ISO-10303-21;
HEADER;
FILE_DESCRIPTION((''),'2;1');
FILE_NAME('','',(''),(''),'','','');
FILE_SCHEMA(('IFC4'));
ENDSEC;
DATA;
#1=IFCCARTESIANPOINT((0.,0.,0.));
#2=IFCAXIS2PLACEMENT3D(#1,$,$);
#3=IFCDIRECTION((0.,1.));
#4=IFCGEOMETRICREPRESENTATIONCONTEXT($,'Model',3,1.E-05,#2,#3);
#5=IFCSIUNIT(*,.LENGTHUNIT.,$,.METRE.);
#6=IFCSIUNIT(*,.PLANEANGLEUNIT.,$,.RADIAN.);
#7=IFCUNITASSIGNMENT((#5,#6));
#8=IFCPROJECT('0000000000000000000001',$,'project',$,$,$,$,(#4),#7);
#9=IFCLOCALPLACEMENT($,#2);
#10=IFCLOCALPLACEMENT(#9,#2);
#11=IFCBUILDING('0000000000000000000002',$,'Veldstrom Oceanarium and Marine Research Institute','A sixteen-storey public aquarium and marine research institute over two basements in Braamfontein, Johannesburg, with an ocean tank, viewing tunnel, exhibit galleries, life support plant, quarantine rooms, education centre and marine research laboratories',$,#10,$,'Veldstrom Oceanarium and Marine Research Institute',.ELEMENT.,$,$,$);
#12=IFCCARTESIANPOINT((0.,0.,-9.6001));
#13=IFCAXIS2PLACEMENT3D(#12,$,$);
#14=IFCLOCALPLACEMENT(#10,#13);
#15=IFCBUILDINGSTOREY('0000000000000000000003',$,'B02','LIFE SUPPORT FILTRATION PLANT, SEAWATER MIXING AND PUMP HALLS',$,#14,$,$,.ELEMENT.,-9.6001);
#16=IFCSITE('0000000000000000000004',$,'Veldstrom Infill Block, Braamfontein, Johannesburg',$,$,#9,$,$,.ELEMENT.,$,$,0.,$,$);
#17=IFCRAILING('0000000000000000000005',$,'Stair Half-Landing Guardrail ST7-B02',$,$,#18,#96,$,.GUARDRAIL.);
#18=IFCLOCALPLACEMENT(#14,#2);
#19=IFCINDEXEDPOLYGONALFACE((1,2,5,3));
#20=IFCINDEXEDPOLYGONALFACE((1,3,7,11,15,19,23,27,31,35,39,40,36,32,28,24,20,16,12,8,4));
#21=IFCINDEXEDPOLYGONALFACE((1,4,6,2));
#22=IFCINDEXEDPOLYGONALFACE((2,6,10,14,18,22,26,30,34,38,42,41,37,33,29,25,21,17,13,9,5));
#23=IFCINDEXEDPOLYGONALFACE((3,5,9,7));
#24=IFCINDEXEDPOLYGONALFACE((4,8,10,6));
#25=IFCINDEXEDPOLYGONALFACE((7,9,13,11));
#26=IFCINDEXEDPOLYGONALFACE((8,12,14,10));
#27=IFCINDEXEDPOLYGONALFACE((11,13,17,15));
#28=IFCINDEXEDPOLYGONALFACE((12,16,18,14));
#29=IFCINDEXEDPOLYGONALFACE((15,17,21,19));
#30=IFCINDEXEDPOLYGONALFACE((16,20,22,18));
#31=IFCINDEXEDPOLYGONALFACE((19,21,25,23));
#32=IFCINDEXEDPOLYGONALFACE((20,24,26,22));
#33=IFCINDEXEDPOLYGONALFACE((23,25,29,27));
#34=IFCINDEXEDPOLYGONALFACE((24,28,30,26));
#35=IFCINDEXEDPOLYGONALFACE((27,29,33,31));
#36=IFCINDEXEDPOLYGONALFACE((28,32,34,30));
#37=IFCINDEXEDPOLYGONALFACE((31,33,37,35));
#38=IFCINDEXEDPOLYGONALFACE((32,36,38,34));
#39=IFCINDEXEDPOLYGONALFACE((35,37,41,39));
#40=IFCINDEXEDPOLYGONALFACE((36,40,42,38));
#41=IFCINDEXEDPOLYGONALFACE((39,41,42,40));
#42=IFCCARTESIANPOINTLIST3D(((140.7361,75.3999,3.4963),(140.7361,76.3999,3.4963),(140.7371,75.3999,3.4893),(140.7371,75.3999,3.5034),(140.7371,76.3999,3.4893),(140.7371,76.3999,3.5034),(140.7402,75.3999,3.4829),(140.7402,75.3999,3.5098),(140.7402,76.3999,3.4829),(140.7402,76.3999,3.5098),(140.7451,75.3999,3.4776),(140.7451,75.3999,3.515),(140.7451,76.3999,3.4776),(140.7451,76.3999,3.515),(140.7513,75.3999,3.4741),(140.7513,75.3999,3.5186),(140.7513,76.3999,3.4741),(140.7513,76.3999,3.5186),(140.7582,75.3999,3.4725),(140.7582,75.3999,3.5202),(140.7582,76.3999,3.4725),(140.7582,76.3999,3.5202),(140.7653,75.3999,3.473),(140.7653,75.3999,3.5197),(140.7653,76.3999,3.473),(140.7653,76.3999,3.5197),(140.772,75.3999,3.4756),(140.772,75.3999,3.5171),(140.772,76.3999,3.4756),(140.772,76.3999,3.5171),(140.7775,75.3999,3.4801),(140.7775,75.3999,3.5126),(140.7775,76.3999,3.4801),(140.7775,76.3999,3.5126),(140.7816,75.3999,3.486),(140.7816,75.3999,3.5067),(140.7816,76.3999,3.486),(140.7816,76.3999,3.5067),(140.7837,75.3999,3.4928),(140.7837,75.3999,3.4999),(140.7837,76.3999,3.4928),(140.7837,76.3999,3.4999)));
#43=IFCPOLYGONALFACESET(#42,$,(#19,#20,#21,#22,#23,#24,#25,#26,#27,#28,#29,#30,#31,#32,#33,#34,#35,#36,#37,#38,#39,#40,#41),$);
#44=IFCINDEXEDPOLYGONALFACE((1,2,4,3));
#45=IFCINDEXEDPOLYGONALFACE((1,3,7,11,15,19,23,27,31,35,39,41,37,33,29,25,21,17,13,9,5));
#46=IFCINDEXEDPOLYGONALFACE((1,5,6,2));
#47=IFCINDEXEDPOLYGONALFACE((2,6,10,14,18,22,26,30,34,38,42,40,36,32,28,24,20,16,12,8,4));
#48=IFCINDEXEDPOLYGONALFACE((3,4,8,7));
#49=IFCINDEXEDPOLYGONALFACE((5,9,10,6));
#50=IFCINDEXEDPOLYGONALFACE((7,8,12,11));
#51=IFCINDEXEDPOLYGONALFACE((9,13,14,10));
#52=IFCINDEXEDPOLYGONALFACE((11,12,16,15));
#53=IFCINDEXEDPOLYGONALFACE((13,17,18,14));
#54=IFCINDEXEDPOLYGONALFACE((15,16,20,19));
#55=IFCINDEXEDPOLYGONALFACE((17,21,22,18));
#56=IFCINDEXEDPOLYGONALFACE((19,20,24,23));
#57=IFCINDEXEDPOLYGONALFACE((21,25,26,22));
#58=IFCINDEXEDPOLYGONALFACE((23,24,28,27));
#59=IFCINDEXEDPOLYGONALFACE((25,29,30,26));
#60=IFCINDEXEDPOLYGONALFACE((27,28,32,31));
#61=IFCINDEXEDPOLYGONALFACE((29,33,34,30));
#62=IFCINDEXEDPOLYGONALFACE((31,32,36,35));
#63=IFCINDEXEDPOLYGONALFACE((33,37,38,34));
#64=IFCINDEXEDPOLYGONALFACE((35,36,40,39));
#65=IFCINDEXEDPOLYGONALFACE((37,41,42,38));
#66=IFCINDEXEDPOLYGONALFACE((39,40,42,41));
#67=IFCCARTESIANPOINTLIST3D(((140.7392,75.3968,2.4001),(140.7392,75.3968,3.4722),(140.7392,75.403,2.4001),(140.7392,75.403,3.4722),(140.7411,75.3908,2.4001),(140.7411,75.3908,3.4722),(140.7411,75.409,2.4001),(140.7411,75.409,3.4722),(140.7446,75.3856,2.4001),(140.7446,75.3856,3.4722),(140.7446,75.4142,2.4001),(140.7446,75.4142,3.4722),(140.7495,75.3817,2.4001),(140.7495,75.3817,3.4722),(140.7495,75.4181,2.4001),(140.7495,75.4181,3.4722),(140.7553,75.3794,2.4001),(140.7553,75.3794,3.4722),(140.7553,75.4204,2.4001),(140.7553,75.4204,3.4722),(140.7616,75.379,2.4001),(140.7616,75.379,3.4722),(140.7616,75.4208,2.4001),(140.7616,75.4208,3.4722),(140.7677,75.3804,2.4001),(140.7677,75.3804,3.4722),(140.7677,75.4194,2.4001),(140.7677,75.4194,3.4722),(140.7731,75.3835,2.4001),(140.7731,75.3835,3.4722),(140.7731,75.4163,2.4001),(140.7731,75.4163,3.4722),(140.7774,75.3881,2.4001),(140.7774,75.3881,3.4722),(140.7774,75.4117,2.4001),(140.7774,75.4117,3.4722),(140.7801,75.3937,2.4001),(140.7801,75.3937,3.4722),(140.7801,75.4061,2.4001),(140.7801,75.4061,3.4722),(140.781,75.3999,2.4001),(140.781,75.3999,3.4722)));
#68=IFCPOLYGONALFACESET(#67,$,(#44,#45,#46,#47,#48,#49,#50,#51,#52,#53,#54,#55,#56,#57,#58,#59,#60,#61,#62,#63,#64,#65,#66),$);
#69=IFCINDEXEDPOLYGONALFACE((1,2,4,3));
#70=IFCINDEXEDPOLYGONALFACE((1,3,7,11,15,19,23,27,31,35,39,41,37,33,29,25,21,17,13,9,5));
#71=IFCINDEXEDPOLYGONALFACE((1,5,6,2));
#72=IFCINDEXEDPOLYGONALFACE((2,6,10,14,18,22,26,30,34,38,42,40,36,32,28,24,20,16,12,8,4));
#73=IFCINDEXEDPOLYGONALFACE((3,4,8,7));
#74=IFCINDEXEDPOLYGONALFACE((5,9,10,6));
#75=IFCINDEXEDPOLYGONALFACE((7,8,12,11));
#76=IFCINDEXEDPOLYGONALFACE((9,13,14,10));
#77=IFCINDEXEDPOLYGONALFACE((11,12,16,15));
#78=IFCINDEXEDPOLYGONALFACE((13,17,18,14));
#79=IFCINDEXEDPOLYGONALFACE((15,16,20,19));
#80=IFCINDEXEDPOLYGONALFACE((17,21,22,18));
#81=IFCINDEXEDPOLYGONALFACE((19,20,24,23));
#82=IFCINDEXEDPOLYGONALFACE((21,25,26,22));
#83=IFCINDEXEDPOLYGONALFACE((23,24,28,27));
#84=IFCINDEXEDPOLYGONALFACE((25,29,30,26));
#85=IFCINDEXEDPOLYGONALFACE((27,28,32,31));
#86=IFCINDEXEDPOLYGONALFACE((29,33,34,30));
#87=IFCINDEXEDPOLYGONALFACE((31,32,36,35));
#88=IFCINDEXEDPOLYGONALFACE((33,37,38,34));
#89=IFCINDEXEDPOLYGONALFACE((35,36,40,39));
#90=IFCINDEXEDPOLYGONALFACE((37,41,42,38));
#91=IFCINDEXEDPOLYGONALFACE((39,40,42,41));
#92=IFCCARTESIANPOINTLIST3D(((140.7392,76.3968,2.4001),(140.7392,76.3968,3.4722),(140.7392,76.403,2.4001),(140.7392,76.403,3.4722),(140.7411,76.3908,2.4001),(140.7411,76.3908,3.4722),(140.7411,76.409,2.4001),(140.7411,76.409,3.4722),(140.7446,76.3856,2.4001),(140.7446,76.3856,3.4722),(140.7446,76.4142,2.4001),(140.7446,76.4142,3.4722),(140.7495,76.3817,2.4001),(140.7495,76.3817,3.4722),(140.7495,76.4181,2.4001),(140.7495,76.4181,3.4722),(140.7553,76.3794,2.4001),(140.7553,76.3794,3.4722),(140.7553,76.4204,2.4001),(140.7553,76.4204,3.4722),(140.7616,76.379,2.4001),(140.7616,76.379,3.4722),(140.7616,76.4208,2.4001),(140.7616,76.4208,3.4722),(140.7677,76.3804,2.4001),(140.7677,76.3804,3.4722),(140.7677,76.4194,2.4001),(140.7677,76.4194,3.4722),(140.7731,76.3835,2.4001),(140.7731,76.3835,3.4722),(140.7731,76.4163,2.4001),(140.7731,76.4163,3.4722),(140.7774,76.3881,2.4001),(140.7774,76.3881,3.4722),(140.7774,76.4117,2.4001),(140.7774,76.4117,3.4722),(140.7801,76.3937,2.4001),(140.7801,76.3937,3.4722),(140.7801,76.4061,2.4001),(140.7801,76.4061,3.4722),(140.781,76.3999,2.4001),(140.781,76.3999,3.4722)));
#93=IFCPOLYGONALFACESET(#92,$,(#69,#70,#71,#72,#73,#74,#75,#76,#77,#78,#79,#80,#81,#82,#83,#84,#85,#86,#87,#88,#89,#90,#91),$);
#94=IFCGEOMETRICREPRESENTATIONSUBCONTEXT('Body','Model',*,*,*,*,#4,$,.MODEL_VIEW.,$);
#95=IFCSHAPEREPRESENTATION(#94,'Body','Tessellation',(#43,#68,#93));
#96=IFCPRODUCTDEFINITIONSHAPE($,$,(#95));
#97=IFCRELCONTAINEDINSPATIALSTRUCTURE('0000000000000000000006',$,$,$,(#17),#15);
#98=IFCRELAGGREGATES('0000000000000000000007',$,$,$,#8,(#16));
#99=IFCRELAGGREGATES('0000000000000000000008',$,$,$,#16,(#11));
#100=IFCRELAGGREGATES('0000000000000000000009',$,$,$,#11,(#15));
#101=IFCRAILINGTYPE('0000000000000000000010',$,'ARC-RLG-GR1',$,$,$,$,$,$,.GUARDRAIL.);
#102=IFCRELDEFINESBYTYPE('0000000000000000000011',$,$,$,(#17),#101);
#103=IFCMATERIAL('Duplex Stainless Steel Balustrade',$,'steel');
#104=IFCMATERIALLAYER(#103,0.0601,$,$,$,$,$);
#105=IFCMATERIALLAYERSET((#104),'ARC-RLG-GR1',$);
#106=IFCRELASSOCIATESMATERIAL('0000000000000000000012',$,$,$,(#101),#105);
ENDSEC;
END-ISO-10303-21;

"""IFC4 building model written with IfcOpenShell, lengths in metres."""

from ifc_helpers import new_model, si_unit, direction, frame, origin, origin_2d, place, context, subcontext, project, spatial, circle, extrude, material, layer, layer_set, type_object, element, save


model = new_model("IFC4")

# Units and contexts
model_context = context("Model", 3, precision=1e-05, world=origin(), true_north=direction((0.0, 1.0)))
body_context = subcontext(model_context, "Body", "Model", "MODEL_VIEW")
ifc_project = project(units=[si_unit("LENGTHUNIT", "METRE"), si_unit("PLANEANGLEUNIT", "RADIAN")], contexts=[model_context])

# Site, building, storey
site_placement = place(None, origin())
site = spatial("IfcSite", under=ifc_project, at=site_placement, Name="Veldstrom Infill Block, Braamfontein, Johannesburg", CompositionType="ELEMENT", RefElevation=0.0)
building_placement = place(site_placement, origin())
building = spatial("IfcBuilding", under=site, at=building_placement, Name="Veldstrom Oceanarium and Marine Research Institute", Description="A sixteen-storey public aquarium and marine research institute over two basements in Braamfontein, Johannesburg, with an ocean tank, viewing tunnel, exhibit galleries, life support plant, quarantine rooms, education centre and marine research laboratories", LongName="Veldstrom Oceanarium and Marine Research Institute", CompositionType="ELEMENT")
storey_placement = place(building_placement, frame((0.0, 0.0, -9.6001)))
storey = spatial("IfcBuildingStorey", under=building, at=storey_placement, Name="B02", Description="LIFE SUPPORT FILTRATION PLANT, SEAWATER MIXING AND PUMP HALLS", CompositionType="ELEMENT", Elevation=-9.6001)

# Railing
ifc_material_1 = material(Name="Duplex Stainless Steel Balustrade", Category="steel")
ifc_layer_1 = layer(ifc_material_1, 0.0601)
ifc_layer_set_1 = layer_set([ifc_layer_1], Name="ARC-RLG-GR1")
railing_type_1 = type_object("IfcRailingType", Name="ARC-RLG-GR1", PredefinedType="GUARDRAIL", material=ifc_layer_set_1)
railing_1_placement = place(storey_placement, frame((140.76, 75.3999, 2.4001)))
element("IfcRailing", 1, at=railing_1_placement, inside=storey, type_object=railing_type_1, Name="Stair Half-Landing Guardrail ST7-B02", PredefinedType="GUARDRAIL", context=body_context, shape_type="SweptSolid", body=[
    extrude(circle(Radius=0.0239, at=origin_2d()), frame((0.0, 0.0, 1.0962), z_axis=(0.0, 1.0, 0.0), x_axis=(-1.0, 0.0, 0.0)), (0.0, 0.0, 1.0), 1.0),
    extrude(circle(Radius=0.021, at=origin_2d()), origin(), (0.0, 0.0, 1.0), 1.072),
    extrude(circle(Radius=0.021, at=origin_2d()), frame((0.0, 1.0, 0.0)), (0.0, 0.0, 1.0), 1.072),
])

save(model, "model.ifc")
